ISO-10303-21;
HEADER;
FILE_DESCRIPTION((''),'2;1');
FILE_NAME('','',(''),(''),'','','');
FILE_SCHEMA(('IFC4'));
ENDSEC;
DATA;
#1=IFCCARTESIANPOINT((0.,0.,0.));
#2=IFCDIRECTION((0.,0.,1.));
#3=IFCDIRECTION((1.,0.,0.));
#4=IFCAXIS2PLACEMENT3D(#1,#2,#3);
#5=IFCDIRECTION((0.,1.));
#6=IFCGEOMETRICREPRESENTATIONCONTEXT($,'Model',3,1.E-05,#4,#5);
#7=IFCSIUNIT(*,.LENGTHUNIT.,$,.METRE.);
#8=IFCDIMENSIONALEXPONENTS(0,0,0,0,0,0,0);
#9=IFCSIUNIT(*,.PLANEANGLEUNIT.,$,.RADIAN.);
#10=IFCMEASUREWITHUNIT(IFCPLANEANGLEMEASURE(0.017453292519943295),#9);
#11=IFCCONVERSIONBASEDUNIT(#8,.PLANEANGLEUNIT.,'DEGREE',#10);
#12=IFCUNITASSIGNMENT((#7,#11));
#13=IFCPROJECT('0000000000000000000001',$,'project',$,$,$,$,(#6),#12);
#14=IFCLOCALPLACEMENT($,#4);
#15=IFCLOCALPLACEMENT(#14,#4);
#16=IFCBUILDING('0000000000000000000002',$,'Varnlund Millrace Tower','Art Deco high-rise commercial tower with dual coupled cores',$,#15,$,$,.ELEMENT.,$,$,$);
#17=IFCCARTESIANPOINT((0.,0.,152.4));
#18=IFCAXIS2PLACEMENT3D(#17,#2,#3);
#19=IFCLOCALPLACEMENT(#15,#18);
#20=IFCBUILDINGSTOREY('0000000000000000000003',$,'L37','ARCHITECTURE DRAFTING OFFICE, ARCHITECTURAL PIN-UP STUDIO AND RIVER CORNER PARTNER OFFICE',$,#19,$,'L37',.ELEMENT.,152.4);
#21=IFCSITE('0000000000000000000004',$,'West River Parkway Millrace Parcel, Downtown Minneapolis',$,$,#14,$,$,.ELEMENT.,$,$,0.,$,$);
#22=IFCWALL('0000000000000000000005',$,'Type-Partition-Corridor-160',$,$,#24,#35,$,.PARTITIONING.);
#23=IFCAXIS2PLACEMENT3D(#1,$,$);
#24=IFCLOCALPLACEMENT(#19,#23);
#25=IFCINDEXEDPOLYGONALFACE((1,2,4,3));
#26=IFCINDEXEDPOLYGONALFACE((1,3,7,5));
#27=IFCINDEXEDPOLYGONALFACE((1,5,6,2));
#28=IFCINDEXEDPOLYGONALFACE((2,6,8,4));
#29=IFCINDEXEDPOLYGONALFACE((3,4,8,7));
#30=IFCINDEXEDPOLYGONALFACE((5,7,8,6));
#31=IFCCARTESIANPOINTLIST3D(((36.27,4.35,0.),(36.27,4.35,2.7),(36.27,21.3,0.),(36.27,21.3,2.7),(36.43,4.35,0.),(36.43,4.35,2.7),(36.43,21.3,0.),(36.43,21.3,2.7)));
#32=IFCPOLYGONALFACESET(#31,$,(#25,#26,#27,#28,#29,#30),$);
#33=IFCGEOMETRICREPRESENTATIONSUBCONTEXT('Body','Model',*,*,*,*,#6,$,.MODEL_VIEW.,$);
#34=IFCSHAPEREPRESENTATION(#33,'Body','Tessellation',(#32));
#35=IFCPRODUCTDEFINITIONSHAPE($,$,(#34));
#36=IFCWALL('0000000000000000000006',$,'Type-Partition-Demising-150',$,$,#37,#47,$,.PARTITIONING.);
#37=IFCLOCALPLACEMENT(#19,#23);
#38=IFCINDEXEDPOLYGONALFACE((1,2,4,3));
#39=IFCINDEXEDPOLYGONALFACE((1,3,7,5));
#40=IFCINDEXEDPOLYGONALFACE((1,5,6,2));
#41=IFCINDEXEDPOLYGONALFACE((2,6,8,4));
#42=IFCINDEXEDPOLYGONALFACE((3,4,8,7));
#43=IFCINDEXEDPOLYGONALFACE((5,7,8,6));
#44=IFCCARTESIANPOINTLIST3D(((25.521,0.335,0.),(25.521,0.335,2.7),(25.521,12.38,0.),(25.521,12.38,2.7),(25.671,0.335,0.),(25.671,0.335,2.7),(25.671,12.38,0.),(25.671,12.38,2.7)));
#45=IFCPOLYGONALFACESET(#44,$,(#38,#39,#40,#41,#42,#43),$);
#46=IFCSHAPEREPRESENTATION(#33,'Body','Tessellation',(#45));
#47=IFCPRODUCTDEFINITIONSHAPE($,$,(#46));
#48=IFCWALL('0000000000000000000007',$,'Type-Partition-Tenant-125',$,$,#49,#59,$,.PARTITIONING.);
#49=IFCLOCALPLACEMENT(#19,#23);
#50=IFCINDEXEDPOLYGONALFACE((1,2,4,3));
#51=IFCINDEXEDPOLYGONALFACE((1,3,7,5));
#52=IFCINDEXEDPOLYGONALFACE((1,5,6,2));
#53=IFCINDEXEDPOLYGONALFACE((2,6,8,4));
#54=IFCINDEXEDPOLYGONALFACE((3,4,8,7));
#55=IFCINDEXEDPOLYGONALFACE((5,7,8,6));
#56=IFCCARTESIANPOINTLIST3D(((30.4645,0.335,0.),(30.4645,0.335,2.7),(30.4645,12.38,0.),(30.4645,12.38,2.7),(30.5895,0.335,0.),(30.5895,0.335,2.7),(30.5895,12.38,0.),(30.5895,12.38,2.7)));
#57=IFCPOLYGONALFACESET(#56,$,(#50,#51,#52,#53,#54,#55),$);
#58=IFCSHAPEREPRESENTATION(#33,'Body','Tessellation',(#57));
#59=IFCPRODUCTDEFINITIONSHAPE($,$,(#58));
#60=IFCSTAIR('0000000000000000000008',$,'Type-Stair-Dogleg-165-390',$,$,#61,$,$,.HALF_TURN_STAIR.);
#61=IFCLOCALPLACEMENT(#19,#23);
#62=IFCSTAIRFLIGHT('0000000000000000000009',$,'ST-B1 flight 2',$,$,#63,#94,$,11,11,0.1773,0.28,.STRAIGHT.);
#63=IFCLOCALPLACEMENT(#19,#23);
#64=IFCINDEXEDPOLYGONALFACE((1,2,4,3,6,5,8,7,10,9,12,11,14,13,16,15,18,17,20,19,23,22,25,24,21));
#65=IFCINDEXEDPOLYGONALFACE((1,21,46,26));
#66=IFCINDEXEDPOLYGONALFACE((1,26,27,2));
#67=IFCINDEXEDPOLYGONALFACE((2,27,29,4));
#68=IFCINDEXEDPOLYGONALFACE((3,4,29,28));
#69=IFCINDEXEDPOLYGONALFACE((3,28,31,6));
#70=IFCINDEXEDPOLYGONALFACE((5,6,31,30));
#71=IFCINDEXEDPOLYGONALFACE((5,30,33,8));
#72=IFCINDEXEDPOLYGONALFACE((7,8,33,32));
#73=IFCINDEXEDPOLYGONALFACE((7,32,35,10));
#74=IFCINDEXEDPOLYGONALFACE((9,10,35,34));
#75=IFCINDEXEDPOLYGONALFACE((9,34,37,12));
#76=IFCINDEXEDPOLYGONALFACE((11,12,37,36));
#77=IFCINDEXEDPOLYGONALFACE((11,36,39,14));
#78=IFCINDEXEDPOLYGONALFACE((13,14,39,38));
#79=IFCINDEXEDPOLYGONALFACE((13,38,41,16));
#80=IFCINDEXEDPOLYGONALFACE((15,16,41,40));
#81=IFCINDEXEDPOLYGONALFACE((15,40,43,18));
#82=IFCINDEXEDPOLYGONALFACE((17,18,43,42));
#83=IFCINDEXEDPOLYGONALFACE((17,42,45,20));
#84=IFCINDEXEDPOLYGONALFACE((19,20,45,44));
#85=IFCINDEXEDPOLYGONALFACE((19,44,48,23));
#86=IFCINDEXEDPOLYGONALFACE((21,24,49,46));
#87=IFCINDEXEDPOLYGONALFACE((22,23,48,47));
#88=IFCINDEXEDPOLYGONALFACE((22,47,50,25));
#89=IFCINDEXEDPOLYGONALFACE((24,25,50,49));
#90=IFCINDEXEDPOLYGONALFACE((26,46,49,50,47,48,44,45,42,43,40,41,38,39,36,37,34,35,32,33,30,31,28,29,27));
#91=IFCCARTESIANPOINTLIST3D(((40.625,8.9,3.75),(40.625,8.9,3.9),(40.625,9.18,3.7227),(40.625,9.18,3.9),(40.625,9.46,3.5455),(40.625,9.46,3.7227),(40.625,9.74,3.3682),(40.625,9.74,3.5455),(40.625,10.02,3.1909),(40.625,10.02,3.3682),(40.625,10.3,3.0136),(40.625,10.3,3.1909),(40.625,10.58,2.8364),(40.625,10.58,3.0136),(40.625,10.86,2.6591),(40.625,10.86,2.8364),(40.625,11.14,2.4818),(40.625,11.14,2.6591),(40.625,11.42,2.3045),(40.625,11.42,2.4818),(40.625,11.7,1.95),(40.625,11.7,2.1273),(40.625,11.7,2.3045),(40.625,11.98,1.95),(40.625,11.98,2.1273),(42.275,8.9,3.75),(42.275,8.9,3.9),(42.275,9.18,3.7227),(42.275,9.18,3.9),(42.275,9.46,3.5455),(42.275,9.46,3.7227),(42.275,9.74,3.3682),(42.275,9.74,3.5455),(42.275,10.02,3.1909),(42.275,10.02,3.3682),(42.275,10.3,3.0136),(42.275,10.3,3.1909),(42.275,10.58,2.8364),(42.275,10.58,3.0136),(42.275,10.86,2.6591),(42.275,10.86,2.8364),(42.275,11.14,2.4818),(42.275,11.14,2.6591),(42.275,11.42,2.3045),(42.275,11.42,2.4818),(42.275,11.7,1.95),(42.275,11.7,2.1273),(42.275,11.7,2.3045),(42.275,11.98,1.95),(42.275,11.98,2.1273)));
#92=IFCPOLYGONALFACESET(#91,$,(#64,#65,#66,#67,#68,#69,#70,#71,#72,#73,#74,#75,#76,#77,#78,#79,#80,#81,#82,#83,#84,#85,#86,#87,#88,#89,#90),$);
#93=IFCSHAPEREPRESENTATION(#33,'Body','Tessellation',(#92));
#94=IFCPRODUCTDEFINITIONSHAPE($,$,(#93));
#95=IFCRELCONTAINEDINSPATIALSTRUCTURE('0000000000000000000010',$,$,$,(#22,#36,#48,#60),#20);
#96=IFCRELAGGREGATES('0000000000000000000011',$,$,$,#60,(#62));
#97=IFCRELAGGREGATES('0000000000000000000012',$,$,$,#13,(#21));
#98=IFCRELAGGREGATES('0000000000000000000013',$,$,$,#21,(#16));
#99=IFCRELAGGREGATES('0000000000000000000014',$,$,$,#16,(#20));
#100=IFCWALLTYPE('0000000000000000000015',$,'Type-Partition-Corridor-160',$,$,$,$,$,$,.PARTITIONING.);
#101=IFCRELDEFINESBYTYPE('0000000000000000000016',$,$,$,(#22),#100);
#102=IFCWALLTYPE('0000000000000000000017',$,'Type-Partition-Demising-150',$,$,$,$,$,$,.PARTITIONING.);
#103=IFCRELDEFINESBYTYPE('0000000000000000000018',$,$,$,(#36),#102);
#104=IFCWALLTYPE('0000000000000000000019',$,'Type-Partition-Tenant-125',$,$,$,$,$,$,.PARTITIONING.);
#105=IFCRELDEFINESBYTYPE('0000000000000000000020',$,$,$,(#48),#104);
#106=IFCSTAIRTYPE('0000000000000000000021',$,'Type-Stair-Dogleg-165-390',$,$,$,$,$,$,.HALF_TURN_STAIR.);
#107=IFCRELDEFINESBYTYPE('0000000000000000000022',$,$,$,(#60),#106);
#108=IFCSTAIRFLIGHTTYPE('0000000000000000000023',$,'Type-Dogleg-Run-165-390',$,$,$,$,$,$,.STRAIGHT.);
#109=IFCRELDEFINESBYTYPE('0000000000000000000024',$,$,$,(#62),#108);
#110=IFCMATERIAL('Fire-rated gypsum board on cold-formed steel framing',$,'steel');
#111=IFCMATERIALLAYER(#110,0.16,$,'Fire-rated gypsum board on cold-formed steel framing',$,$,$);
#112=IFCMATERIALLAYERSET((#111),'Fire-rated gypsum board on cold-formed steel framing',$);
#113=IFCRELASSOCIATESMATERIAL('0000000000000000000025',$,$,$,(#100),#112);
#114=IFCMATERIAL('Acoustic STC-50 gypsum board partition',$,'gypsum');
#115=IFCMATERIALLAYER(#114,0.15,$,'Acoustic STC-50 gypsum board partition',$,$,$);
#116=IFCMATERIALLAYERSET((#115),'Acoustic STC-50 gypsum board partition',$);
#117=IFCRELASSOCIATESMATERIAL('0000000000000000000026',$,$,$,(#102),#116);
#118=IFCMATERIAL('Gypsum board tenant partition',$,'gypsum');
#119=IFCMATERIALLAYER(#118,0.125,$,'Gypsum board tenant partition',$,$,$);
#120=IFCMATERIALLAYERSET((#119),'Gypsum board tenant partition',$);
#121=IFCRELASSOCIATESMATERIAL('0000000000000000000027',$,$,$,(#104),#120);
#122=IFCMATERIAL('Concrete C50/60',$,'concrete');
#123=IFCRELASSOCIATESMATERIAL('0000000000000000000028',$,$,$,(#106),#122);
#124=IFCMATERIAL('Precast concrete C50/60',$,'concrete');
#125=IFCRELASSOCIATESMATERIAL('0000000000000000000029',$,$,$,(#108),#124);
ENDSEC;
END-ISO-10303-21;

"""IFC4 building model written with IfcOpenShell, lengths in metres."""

from ifc_helpers import new_model, entity, si_unit, converted_unit, direction, frame, origin_with_axes, place, context, subcontext, project, spatial, polyline, outline, extrude, material, layer, layer_set, type_object, element, aggregate, save


model = new_model("IFC4")

# Units and contexts
model_context = context("Model", 3, precision=1e-05, world=origin_with_axes(), true_north=direction((0.0, 1.0)))
body_context = subcontext(model_context, "Body", "Model", "MODEL_VIEW")
ifc_project = project(units=[si_unit("LENGTHUNIT", "METRE"), converted_unit("PLANEANGLEUNIT", "DEGREE", entity("IfcPlaneAngleMeasure", 0.017453292519943295), si_unit("PLANEANGLEUNIT", "RADIAN"), dimensions=[0, 0, 0, 0, 0, 0, 0])], contexts=[model_context])

# Site, building, storey
site_placement = place(None, origin_with_axes())
site = spatial("IfcSite", under=ifc_project, at=site_placement, Name="West River Parkway Millrace Parcel, Downtown Minneapolis", CompositionType="ELEMENT", RefElevation=0.0)
building_placement = place(site_placement, origin_with_axes())
building = spatial("IfcBuilding", under=site, at=building_placement, Name="Varnlund Millrace Tower", Description="Art Deco high-rise commercial tower with dual coupled cores", CompositionType="ELEMENT")
storey_placement = place(building_placement, frame((0.0, 0.0, 152.4), z_axis=(0.0, 0.0, 1.0), x_axis=(1.0, 0.0, 0.0)))
storey = spatial("IfcBuildingStorey", under=building, at=storey_placement, Name="L37", Description="ARCHITECTURE DRAFTING OFFICE, ARCHITECTURAL PIN-UP STUDIO AND RIVER CORNER PARTNER OFFICE", LongName="L37", CompositionType="ELEMENT", Elevation=152.4)

# Walls
ifc_material_1 = material(Name="Fire-rated gypsum board on cold-formed steel framing", Category="steel")
ifc_layer_1 = layer(ifc_material_1, 0.16, Name="Fire-rated gypsum board on cold-formed steel framing")
ifc_layer_set_1 = layer_set([ifc_layer_1], Name="Fire-rated gypsum board on cold-formed steel framing")
wall_type_1 = type_object("IfcWallType", Name="Type-Partition-Corridor-160", PredefinedType="PARTITIONING", material=ifc_layer_set_1)
wall_1_placement = place(storey_placement, frame((36.35, 4.35, 0.0), z_axis=(0.0, 0.0, 1.0), x_axis=(0.0, 1.0, 0.0)))
element("IfcWall", 1, at=wall_1_placement, inside=storey, type_object=wall_type_1, Name="Type-Partition-Corridor-160", PredefinedType="PARTITIONING", context=body_context, shape_type="SweptSolid", body=[
    extrude(outline(polyline([(0.0, -0.08), (16.95, -0.08), (16.95, 0.08), (0.0, 0.08), (0.0, -0.08)])), origin_with_axes(), (0.0, 0.0, 1.0), 2.7),
])
ifc_material_2 = material(Name="Acoustic STC-50 gypsum board partition", Category="gypsum")
ifc_layer_2 = layer(ifc_material_2, 0.15, Name="Acoustic STC-50 gypsum board partition")
ifc_layer_set_2 = layer_set([ifc_layer_2], Name="Acoustic STC-50 gypsum board partition")
wall_type_2 = type_object("IfcWallType", Name="Type-Partition-Demising-150", PredefinedType="PARTITIONING", material=ifc_layer_set_2)
wall_2_placement = place(storey_placement, frame((25.596, 0.335, 0.0), z_axis=(0.0, 0.0, 1.0), x_axis=(0.0, 1.0, 0.0)))
element("IfcWall", 2, at=wall_2_placement, inside=storey, type_object=wall_type_2, Name="Type-Partition-Demising-150", PredefinedType="PARTITIONING", context=body_context, shape_type="SweptSolid", body=[
    extrude(outline(polyline([(0.0, -0.075), (12.045, -0.075), (12.045, 0.075), (0.0, 0.075), (0.0, -0.075)])), origin_with_axes(), (0.0, 0.0, 1.0), 2.7),
])
ifc_material_3 = material(Name="Gypsum board tenant partition", Category="gypsum")
ifc_layer_3 = layer(ifc_material_3, 0.125, Name="Gypsum board tenant partition")
ifc_layer_set_3 = layer_set([ifc_layer_3], Name="Gypsum board tenant partition")
wall_type_3 = type_object("IfcWallType", Name="Type-Partition-Tenant-125", PredefinedType="PARTITIONING", material=ifc_layer_set_3)
wall_3_placement = place(storey_placement, frame((30.527, 0.335, 0.0), z_axis=(0.0, 0.0, 1.0), x_axis=(0.0, 1.0, 0.0)))
element("IfcWall", 3, at=wall_3_placement, inside=storey, type_object=wall_type_3, Name="Type-Partition-Tenant-125", PredefinedType="PARTITIONING", context=body_context, shape_type="SweptSolid", body=[
    extrude(outline(polyline([(0.0, -0.0625), (12.045, -0.0625), (12.045, 0.0625), (0.0, 0.0625), (0.0, -0.0625)])), origin_with_axes(), (0.0, 0.0, 1.0), 2.7),
])

# Stair, stair flight
ifc_material_4 = material(Name="Concrete C50/60", Category="concrete")
stair_type = type_object("IfcStairType", Name="Type-Stair-Dogleg-165-390", PredefinedType="HALF_TURN_STAIR", material=ifc_material_4)
stair_placement = place(storey_placement, origin_with_axes())
stair = element("IfcStair", 4, at=stair_placement, inside=storey, type_object=stair_type, Name="Type-Stair-Dogleg-165-390", PredefinedType="HALF_TURN_STAIR")
ifc_material_5 = material(Name="Precast concrete C50/60", Category="concrete")
stair_flight_type = type_object("IfcStairFlightType", Name="Type-Dogleg-Run-165-390", PredefinedType="STRAIGHT", material=ifc_material_5)
stair_flight_placement = place(storey_placement, frame((42.275, 11.98, 1.95), z_axis=(-1.0, 0.0, 0.0), x_axis=(0.0, -1.0, 0.0)))
stair_flight = element("IfcStairFlight", 5, at=stair_flight_placement, type_object=stair_flight_type, Name="ST-B1 flight 2", NumberOfRisers=11, NumberOfTreads=11, PredefinedType="STRAIGHT", RiserHeight=0.1773, TreadLength=0.28, context=body_context, shape_type="SweptSolid", body=[
    extrude(outline(polyline([(0.0, 0.0), (0.0, 0.1773), (0.28, 0.1773), (0.28, 0.3545), (0.56, 0.3545), (0.56, 0.5318), (0.84, 0.5318), (0.84, 0.7091), (1.12, 0.7091), (1.12, 0.8864), (1.4, 0.8864), (1.4, 1.0636), (1.68, 1.0636), (1.68, 1.2409), (1.96, 1.2409), (1.96, 1.4182), (2.24, 1.4182), (2.24, 1.5955), (2.52, 1.5955), (2.52, 1.7727), (2.8, 1.7727), (2.8, 1.95), (3.08, 1.95), (3.08, 1.8), (0.28, 0.0), (0.0, 0.0)])), origin_with_axes(), (0.0, 0.0, 1.0), 1.65),
])
aggregate(stair, [stair_flight])

save(model, "model.ifc")
